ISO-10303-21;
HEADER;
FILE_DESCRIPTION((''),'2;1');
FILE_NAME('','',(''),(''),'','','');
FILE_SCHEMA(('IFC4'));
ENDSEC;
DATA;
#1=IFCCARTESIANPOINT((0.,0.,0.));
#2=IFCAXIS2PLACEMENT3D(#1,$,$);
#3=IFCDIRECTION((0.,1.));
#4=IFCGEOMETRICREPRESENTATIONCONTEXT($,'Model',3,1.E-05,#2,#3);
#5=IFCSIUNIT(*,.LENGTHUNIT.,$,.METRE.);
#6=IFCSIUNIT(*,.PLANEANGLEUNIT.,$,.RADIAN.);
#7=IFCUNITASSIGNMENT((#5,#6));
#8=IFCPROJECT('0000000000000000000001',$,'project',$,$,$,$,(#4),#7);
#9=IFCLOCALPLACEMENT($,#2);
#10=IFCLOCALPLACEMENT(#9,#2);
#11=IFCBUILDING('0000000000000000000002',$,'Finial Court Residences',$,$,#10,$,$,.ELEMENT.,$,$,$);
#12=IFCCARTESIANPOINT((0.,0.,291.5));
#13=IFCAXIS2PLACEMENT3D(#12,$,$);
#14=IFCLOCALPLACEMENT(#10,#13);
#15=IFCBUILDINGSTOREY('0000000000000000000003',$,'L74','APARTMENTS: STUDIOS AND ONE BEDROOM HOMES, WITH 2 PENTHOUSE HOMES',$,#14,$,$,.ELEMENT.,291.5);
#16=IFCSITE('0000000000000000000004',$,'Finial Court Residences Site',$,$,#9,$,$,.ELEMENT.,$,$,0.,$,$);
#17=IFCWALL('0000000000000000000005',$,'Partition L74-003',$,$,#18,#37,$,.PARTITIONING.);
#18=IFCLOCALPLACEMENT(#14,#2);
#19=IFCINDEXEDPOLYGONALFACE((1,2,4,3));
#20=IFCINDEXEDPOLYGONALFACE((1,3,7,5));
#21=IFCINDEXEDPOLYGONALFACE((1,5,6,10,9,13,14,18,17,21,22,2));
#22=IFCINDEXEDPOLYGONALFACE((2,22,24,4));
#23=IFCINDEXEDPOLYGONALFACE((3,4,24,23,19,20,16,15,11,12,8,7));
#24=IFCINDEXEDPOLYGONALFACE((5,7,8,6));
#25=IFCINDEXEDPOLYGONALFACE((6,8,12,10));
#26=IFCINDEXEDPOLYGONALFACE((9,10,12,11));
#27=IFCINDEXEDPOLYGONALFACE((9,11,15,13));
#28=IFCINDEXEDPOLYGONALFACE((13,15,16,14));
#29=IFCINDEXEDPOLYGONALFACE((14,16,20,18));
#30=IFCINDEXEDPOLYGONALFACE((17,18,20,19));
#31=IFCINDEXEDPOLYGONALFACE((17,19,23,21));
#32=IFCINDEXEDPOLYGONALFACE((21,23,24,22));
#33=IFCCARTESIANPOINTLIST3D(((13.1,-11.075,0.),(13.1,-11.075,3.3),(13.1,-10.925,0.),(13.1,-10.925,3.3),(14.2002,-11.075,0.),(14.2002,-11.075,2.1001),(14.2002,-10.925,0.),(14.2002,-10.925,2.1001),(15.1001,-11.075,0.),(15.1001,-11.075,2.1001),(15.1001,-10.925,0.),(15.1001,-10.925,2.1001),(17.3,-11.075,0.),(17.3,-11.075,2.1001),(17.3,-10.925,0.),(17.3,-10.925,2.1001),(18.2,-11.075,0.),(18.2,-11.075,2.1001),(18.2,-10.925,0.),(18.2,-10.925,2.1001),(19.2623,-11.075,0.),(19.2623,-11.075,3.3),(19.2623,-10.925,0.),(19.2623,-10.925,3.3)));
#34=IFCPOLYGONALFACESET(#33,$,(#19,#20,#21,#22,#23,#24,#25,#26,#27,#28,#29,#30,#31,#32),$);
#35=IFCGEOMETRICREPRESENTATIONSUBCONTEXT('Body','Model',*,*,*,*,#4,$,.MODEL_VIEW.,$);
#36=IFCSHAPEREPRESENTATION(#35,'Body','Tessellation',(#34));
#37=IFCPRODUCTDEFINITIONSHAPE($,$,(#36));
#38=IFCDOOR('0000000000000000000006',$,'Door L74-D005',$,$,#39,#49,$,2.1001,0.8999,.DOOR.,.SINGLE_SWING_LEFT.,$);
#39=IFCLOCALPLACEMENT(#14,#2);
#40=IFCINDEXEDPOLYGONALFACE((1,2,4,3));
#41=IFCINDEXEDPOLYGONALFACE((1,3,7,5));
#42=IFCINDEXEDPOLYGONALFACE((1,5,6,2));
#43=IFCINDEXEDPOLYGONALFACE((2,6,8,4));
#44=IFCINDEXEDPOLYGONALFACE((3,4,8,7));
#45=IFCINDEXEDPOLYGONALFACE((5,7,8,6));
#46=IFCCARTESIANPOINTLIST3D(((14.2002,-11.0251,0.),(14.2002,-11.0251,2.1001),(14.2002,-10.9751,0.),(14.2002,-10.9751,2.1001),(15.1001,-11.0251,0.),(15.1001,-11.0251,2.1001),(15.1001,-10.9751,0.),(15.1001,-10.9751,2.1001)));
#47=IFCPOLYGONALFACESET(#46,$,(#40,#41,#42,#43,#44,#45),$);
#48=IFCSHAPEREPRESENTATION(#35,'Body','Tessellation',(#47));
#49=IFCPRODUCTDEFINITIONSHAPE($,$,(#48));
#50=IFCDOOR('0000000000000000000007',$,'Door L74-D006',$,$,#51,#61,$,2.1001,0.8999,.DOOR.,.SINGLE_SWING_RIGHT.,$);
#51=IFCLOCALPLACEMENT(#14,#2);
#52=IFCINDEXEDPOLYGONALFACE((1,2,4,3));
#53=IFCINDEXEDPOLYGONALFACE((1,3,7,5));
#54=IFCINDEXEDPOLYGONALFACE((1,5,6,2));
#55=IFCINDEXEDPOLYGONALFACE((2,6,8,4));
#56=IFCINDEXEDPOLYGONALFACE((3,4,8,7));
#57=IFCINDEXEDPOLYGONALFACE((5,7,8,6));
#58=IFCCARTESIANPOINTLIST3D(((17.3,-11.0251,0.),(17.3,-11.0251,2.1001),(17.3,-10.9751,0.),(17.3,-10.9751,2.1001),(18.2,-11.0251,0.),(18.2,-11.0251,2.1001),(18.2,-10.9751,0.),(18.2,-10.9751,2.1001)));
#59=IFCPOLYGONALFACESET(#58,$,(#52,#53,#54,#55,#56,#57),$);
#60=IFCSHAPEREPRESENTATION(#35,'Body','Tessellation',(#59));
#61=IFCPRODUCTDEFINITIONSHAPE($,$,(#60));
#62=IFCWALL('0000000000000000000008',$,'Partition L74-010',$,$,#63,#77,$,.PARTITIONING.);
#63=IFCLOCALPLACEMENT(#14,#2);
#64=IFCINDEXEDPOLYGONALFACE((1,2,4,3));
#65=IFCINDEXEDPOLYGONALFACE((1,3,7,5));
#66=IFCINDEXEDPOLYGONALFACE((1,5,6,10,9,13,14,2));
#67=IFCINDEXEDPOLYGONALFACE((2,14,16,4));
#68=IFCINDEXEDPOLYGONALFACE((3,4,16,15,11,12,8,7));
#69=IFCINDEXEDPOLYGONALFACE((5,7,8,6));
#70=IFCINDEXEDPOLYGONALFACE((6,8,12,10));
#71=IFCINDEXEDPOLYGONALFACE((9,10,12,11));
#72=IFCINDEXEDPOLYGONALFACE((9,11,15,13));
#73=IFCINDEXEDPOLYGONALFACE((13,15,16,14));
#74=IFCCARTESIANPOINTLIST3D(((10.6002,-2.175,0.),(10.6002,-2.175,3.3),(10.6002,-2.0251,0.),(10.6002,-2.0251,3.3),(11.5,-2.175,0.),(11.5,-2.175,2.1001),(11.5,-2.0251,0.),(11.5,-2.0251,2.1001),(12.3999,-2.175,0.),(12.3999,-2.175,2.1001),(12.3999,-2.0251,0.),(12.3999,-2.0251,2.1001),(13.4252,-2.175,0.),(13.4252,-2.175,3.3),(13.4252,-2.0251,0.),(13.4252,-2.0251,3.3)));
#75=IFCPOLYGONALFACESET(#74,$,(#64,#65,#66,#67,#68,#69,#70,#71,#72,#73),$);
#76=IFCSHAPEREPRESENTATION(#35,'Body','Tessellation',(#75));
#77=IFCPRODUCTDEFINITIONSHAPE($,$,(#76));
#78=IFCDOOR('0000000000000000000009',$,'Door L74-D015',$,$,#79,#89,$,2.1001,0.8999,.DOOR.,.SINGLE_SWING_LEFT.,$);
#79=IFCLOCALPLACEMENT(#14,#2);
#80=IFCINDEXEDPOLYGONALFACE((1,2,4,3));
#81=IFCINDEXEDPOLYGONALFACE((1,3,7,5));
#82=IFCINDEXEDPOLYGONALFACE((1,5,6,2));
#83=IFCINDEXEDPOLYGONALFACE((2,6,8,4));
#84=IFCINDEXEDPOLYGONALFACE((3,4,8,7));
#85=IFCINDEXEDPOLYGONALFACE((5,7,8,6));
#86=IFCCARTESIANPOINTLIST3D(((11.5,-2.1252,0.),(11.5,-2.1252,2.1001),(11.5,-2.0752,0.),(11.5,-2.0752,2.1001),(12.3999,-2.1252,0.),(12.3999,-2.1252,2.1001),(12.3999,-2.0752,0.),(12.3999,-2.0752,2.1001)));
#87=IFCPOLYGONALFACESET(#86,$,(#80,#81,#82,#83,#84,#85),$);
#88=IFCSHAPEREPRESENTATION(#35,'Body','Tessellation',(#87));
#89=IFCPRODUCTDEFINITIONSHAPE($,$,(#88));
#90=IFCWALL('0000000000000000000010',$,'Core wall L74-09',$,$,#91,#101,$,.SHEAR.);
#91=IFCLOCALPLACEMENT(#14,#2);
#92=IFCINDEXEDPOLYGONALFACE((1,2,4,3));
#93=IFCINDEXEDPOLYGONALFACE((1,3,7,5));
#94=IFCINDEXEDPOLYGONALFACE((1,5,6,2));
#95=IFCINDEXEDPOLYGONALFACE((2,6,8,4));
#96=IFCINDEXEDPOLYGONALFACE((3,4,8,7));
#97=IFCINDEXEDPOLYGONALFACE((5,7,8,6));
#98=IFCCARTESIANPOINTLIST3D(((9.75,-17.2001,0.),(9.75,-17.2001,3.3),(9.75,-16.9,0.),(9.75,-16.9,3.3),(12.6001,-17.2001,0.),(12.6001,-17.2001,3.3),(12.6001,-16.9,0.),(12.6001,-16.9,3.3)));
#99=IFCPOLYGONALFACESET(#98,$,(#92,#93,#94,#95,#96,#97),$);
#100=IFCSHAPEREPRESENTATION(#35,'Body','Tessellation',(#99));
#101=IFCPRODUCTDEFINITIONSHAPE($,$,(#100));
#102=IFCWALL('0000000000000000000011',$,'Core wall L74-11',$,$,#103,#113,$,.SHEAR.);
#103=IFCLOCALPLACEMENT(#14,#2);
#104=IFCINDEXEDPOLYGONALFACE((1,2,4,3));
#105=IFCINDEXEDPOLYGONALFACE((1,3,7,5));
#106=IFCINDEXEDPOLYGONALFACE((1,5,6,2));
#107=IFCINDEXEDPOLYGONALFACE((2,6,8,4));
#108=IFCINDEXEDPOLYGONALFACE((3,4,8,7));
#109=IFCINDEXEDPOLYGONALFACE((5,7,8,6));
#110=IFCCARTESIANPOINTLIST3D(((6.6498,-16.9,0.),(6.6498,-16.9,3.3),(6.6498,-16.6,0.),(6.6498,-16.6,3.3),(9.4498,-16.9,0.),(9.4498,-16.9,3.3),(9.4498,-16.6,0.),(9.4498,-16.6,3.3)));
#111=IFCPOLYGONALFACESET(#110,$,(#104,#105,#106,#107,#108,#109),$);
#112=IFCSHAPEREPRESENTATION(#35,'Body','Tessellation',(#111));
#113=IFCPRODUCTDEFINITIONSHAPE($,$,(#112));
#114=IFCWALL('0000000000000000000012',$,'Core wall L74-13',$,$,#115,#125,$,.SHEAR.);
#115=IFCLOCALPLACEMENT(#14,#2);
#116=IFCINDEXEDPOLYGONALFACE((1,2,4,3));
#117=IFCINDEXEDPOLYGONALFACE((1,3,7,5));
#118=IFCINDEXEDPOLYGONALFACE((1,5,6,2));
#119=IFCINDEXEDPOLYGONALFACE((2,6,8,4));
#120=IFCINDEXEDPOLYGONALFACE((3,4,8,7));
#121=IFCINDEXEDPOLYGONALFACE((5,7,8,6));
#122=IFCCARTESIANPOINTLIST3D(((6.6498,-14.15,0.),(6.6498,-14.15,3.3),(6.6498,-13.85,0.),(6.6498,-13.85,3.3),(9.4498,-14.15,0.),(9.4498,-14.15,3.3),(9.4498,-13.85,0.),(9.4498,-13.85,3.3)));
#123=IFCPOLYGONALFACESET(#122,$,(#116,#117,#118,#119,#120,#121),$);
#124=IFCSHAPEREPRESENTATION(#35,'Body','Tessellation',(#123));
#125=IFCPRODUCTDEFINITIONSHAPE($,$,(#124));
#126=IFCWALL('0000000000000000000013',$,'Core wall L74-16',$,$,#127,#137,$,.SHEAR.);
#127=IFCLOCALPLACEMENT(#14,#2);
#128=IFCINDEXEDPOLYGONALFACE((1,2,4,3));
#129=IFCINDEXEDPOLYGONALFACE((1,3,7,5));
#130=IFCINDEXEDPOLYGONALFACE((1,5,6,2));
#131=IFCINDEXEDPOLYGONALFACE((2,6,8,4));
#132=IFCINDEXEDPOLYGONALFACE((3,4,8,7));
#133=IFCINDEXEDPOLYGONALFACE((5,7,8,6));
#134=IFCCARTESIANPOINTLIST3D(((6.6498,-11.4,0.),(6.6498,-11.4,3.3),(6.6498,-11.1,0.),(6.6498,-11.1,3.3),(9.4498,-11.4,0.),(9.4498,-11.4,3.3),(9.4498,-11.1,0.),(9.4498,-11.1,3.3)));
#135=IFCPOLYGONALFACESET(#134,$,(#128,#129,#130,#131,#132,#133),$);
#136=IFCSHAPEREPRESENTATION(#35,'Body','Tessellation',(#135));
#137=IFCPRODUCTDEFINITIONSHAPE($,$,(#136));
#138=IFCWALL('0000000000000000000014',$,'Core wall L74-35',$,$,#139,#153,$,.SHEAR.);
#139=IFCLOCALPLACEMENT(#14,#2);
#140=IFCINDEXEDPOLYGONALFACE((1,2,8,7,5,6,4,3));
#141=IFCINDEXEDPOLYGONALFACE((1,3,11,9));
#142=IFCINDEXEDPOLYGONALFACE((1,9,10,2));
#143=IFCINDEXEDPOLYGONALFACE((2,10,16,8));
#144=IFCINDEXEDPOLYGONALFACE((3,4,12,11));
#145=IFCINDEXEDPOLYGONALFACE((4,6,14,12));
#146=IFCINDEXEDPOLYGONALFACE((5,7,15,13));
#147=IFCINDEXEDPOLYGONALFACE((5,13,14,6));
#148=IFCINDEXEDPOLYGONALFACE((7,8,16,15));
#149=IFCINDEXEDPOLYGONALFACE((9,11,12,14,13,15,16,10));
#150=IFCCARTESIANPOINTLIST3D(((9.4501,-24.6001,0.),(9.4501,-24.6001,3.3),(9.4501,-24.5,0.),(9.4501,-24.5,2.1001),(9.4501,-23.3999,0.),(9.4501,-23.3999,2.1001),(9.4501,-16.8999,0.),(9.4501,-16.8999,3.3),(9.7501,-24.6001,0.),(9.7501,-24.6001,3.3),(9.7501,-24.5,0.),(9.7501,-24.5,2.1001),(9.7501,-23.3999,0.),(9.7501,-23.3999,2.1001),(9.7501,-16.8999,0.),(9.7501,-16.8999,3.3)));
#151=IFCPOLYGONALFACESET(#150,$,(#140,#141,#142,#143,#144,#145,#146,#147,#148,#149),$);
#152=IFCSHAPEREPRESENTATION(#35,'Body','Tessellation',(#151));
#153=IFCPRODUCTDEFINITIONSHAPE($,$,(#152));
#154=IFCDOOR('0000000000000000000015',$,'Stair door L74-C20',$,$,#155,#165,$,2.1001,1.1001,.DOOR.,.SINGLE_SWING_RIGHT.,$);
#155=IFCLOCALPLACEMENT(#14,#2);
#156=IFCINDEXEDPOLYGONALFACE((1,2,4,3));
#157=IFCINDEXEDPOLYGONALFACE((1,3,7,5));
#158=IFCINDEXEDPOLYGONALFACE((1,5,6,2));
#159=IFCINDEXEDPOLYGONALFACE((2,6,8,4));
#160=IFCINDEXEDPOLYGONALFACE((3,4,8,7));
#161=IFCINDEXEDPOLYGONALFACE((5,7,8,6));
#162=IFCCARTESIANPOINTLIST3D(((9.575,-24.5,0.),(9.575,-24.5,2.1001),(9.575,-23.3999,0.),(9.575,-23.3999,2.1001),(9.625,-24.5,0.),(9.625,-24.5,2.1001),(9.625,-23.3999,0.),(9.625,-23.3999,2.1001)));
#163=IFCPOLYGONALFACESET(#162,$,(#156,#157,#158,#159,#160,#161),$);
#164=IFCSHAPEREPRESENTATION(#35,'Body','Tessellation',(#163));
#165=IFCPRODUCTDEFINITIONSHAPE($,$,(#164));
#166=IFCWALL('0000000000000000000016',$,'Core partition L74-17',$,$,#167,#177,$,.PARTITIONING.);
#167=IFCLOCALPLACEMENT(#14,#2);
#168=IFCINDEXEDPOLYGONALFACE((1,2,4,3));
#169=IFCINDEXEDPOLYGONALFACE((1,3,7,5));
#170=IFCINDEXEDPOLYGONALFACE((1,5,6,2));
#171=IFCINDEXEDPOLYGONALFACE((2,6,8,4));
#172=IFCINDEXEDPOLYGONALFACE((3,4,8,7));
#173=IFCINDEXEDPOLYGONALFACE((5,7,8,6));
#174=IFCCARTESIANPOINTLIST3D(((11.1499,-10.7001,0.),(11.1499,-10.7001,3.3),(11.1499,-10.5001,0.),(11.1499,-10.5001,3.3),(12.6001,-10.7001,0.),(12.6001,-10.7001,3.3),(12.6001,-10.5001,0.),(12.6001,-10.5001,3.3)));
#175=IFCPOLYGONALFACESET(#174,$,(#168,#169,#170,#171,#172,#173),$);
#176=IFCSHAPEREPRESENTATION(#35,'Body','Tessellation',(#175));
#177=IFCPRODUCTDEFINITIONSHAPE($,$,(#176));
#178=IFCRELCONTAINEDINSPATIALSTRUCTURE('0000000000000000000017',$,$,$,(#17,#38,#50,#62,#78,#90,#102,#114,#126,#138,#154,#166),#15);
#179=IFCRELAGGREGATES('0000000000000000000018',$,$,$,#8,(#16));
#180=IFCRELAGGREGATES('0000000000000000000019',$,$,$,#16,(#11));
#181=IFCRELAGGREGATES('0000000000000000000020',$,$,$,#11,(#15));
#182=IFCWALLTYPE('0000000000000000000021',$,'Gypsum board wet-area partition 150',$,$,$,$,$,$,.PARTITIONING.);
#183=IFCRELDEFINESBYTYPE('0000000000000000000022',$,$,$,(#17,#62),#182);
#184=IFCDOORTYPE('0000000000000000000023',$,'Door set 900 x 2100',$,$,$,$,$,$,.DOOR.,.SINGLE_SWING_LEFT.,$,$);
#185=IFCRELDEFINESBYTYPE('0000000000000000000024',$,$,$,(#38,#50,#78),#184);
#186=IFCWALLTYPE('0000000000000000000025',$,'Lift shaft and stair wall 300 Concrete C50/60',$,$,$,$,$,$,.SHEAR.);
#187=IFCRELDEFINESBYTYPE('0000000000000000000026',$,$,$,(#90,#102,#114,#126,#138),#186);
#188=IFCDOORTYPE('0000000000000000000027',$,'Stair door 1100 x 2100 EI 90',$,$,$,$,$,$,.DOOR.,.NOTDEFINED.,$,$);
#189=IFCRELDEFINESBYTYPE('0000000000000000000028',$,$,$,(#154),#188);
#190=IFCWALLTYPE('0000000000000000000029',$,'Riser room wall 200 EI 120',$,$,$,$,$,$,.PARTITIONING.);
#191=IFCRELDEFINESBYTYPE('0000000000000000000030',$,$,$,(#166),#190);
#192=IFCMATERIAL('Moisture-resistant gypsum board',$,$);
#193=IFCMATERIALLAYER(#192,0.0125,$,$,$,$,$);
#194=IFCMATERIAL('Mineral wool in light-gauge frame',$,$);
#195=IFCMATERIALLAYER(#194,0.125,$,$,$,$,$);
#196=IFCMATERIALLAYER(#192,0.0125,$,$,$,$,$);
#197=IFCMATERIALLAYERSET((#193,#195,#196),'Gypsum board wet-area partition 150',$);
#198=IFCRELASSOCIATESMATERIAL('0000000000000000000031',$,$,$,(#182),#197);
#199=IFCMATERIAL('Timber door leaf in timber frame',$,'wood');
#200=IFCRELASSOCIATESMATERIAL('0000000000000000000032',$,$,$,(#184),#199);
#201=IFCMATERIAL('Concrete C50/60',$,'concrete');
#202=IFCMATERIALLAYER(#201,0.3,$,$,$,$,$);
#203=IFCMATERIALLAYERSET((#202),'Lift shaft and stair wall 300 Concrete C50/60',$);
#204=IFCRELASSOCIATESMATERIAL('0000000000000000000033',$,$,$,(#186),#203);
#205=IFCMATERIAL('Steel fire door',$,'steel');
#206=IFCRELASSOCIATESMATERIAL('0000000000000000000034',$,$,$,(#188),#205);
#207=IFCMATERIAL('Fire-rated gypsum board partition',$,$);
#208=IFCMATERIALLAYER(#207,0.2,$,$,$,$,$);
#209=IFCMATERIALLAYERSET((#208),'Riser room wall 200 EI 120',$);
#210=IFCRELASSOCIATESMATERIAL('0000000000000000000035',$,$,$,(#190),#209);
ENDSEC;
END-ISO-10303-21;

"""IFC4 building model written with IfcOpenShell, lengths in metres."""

from ifc_helpers import new_model, si_unit, direction, frame, frame_2d, origin, place, context, subcontext, project, spatial, rectangle, extrude, material, layer, layer_set, type_object, element, fill, save


model = new_model("IFC4")

# Units and contexts
model_context = context("Model", 3, precision=1e-05, world=origin(), true_north=direction((0.0, 1.0)))
body_context = subcontext(model_context, "Body", "Model", "MODEL_VIEW")
ifc_project = project(units=[si_unit("LENGTHUNIT", "METRE"), si_unit("PLANEANGLEUNIT", "RADIAN")], contexts=[model_context])

# Site, building, storey
site_placement = place(None, origin())
site = spatial("IfcSite", under=ifc_project, at=site_placement, Name="Finial Court Residences Site", CompositionType="ELEMENT", RefElevation=0.0)
building_placement = place(site_placement, origin())
building = spatial("IfcBuilding", under=site, at=building_placement, Name="Finial Court Residences", CompositionType="ELEMENT")
storey_placement = place(building_placement, frame((0.0, 0.0, 291.5)))
storey = spatial("IfcBuildingStorey", under=building, at=storey_placement, Name="L74", Description="APARTMENTS: STUDIOS AND ONE BEDROOM HOMES, WITH 2 PENTHOUSE HOMES", CompositionType="ELEMENT", Elevation=291.5)

# Shared definitions
ifc_material_1 = material(Name="Concrete C50/60", Category="concrete")

# Shared definitions
ifc_material_2 = material(Name="Fire-rated gypsum board partition")

# Shared definitions
ifc_material_3 = material(Name="Mineral wool in light-gauge frame")

# Shared definitions
ifc_material_4 = material(Name="Moisture-resistant gypsum board")
ifc_layer_1 = layer(ifc_material_4, 0.0125)
ifc_layer_2 = layer(ifc_material_3, 0.125)
ifc_layer_3 = layer(ifc_material_4, 0.0125)
ifc_layer_set_1 = layer_set([ifc_layer_1, ifc_layer_2, ifc_layer_3], Name="Gypsum board wet-area partition 150")
wall_type_1 = type_object("IfcWallType", Name="Gypsum board wet-area partition 150", PredefinedType="PARTITIONING", material=ifc_layer_set_1)
ifc_material_5 = material(Name="Timber door leaf in timber frame", Category="wood")
door_type_1 = type_object("IfcDoorType", Name="Door set 900 x 2100", OperationType="SINGLE_SWING_LEFT", PredefinedType="DOOR", material=ifc_material_5)

# Wall, openings, doors
wall_1_placement = place(storey_placement, frame((13.1001, -11.0, 0.0), z_axis=(0.0, 0.0, 1.0), x_axis=(1.0, 0.0, 0.0)))
wall_1 = element("IfcWall", 1, at=wall_1_placement, inside=storey, type_object=wall_type_1, Name="Partition L74-003", PredefinedType="PARTITIONING", context=body_context, shape_type="SweptSolid", body=[
    extrude(rectangle(XDim=6.1624, YDim=0.1499, at=frame_2d((3.0811, 0.0))), origin(), (0.0, 0.0, 1.0), 3.3),
])
opening_1_placement = place(wall_1_placement, frame((1.1001, 0.0, 0.0)))
opening_1 = element("IfcOpeningElement", 2, at=opening_1_placement, cuts=wall_1, PredefinedType="OPENING", context=body_context, shape_type="SweptSolid", body=[
    extrude(rectangle(XDim=0.8999, YDim=2.1001, at=frame_2d((0.45, 1.05))), frame((0.0, 0.085, 0.0), z_axis=(0.0, -1.0, 0.0), x_axis=(1.0, 0.0, 0.0)), (0.0, 0.0, 1.0), 0.1699),
])
opening_2_placement = place(wall_1_placement, frame((4.2, 0.0, 0.0)))
opening_2 = element("IfcOpeningElement", 3, at=opening_2_placement, cuts=wall_1, PredefinedType="OPENING", context=body_context, shape_type="SweptSolid", body=[
    extrude(rectangle(XDim=0.8999, YDim=2.1001, at=frame_2d((0.45, 1.05))), frame((0.0, 0.085, 0.0), z_axis=(0.0, -1.0, 0.0), x_axis=(1.0, 0.0, 0.0)), (0.0, 0.0, 1.0), 0.1699),
])
door_1_placement = place(opening_1_placement, origin())
door_1 = element("IfcDoor", 4, at=door_1_placement, inside=storey, type_object=door_type_1, Name="Door L74-D005", OperationType="SINGLE_SWING_LEFT", OverallHeight=2.1001, OverallWidth=0.8999, PredefinedType="DOOR", context=body_context, shape_type="SweptSolid", body=[
    extrude(rectangle(XDim=0.8999, YDim=2.1001, at=frame_2d((0.45, 1.05))), frame((0.0, 0.0249, 0.0), z_axis=(0.0, -1.0, 0.0), x_axis=(1.0, 0.0, 0.0)), (0.0, 0.0, 1.0), 0.05),
])
fill(opening_1, door_1)
door_2_placement = place(opening_2_placement, origin())
door_2 = element("IfcDoor", 5, at=door_2_placement, inside=storey, type_object=door_type_1, Name="Door L74-D006", OperationType="SINGLE_SWING_RIGHT", OverallHeight=2.1001, OverallWidth=0.8999, PredefinedType="DOOR", context=body_context, shape_type="SweptSolid", body=[
    extrude(rectangle(XDim=0.8999, YDim=2.1001, at=frame_2d((0.45, 1.05))), frame((0.0, 0.0249, 0.0), z_axis=(0.0, -1.0, 0.0), x_axis=(1.0, 0.0, 0.0)), (0.0, 0.0, 1.0), 0.05),
])
fill(opening_2, door_2)

# Wall, opening, door
wall_2_placement = place(storey_placement, frame((10.6001, -2.1001, 0.0), z_axis=(0.0, 0.0, 1.0), x_axis=(1.0, 0.0, 0.0)))
wall_2 = element("IfcWall", 6, at=wall_2_placement, inside=storey, type_object=wall_type_1, Name="Partition L74-010", PredefinedType="PARTITIONING", context=body_context, shape_type="SweptSolid", body=[
    extrude(rectangle(XDim=2.825, YDim=0.1499, at=frame_2d((1.4126, 0.0))), origin(), (0.0, 0.0, 1.0), 3.3),
])
opening_3_placement = place(wall_2_placement, frame((0.8999, 0.0, 0.0)))
opening_3 = element("IfcOpeningElement", 7, at=opening_3_placement, cuts=wall_2, PredefinedType="OPENING", context=body_context, shape_type="SweptSolid", body=[
    extrude(rectangle(XDim=0.8999, YDim=2.1001, at=frame_2d((0.45, 1.05))), frame((0.0, 0.085, 0.0), z_axis=(0.0, -1.0, 0.0), x_axis=(1.0, 0.0, 0.0)), (0.0, 0.0, 1.0), 0.1699),
])
door_3_placement = place(opening_3_placement, origin())
door_3 = element("IfcDoor", 8, at=door_3_placement, inside=storey, type_object=door_type_1, Name="Door L74-D015", OperationType="SINGLE_SWING_LEFT", OverallHeight=2.1001, OverallWidth=0.8999, PredefinedType="DOOR", context=body_context, shape_type="SweptSolid", body=[
    extrude(rectangle(XDim=0.8999, YDim=2.1001, at=frame_2d((0.45, 1.05))), frame((0.0, 0.0249, 0.0), z_axis=(0.0, -1.0, 0.0), x_axis=(1.0, 0.0, 0.0)), (0.0, 0.0, 1.0), 0.05),
])
fill(opening_3, door_3)

# Walls
ifc_layer_4 = layer(ifc_material_1, 0.3)
ifc_layer_set_2 = layer_set([ifc_layer_4], Name="Lift shaft and stair wall 300 Concrete C50/60")
wall_type_2 = type_object("IfcWallType", Name="Lift shaft and stair wall 300 Concrete C50/60", PredefinedType="SHEAR", material=ifc_layer_set_2)
wall_3_placement = place(storey_placement, frame((9.75, -17.05, 0.0), z_axis=(0.0, 0.0, 1.0), x_axis=(1.0, 0.0, 0.0)))
element("IfcWall", 9, at=wall_3_placement, inside=storey, type_object=wall_type_2, Name="Core wall L74-09", PredefinedType="SHEAR", context=body_context, shape_type="SweptSolid", body=[
    extrude(rectangle(XDim=2.8501, YDim=0.3, at=frame_2d((1.425, 0.0))), origin(), (0.0, 0.0, 1.0), 3.3),
])
for number, where, z_axis, x_axis, name in (
    (10, (6.6499, -16.75, 0.0), (0.0, 0.0, 1.0), (1.0, 0.0, 0.0), "Core wall L74-11"),
    (11, (6.6499, -14.0, 0.0), (0.0, 0.0, 1.0), (1.0, 0.0, 0.0), "Core wall L74-13"),
    (12, (6.6499, -11.25, 0.0), (0.0, 0.0, 1.0), (1.0, 0.0, 0.0), "Core wall L74-16"),
):
    element("IfcWall", number, at=place(storey_placement, frame(where, z_axis=z_axis, x_axis=x_axis)), inside=storey, type_object=wall_type_2, Name=name, PredefinedType="SHEAR", context=body_context, shape_type="SweptSolid", body=[
        extrude(rectangle(XDim=2.8, YDim=0.3, at=frame_2d((1.3999, 0.0))), origin(), (0.0, 0.0, 1.0), 3.3),
    ])

# Wall, opening, door
wall_4_placement = place(storey_placement, frame((9.6001, -16.8999, 0.0), z_axis=(0.0, 0.0, 1.0), x_axis=(0.0, -1.0, 0.0)))
wall_4 = element("IfcWall", 13, at=wall_4_placement, inside=storey, type_object=wall_type_2, Name="Core wall L74-35", PredefinedType="SHEAR", context=body_context, shape_type="SweptSolid", body=[
    extrude(rectangle(XDim=7.7002, YDim=0.3, at=frame_2d((3.8501, 0.0))), origin(), (0.0, 0.0, 1.0), 3.3),
])
opening_4_placement = place(wall_4_placement, frame((6.5, 0.0, 0.0)))
opening_4 = element("IfcOpeningElement", 14, at=opening_4_placement, cuts=wall_4, PredefinedType="OPENING", context=body_context, shape_type="SweptSolid", body=[
    extrude(rectangle(XDim=1.1001, YDim=2.1001, at=frame_2d((0.55, 1.05))), frame((0.0, 0.1599, 0.0), z_axis=(0.0, -1.0, 0.0), x_axis=(1.0, 0.0, 0.0)), (0.0, 0.0, 1.0), 0.3201),
])
ifc_material_6 = material(Name="Steel fire door", Category="steel")
door_type_2 = type_object("IfcDoorType", Name="Stair door 1100 x 2100 EI 90", OperationType="NOTDEFINED", PredefinedType="DOOR", material=ifc_material_6)
door_4_placement = place(opening_4_placement, origin())
door_4 = element("IfcDoor", 15, at=door_4_placement, inside=storey, type_object=door_type_2, Name="Stair door L74-C20", OperationType="SINGLE_SWING_RIGHT", OverallHeight=2.1001, OverallWidth=1.1001, PredefinedType="DOOR", context=body_context, shape_type="SweptSolid", body=[
    extrude(rectangle(XDim=1.1001, YDim=2.1001, at=frame_2d((0.55, 1.05))), frame((0.0, 0.0249, 0.0), z_axis=(0.0, -1.0, 0.0), x_axis=(1.0, 0.0, 0.0)), (0.0, 0.0, 1.0), 0.05),
])
fill(opening_4, door_4)

# Wall
ifc_layer_5 = layer(ifc_material_2, 0.2)
ifc_layer_set_3 = layer_set([ifc_layer_5], Name="Riser room wall 200 EI 120")
wall_type_3 = type_object("IfcWallType", Name="Riser room wall 200 EI 120", PredefinedType="PARTITIONING", material=ifc_layer_set_3)
wall_5_placement = place(storey_placement, frame((11.1499, -10.6001, 0.0), z_axis=(0.0, 0.0, 1.0), x_axis=(1.0, 0.0, 0.0)))
element("IfcWall", 16, at=wall_5_placement, inside=storey, type_object=wall_type_3, Name="Core partition L74-17", PredefinedType="PARTITIONING", context=body_context, shape_type="SweptSolid", body=[
    extrude(rectangle(XDim=1.4502, YDim=0.2, at=frame_2d((0.7251, 0.0))), origin(), (0.0, 0.0, 1.0), 3.3),
])

save(model, "model.ifc")
